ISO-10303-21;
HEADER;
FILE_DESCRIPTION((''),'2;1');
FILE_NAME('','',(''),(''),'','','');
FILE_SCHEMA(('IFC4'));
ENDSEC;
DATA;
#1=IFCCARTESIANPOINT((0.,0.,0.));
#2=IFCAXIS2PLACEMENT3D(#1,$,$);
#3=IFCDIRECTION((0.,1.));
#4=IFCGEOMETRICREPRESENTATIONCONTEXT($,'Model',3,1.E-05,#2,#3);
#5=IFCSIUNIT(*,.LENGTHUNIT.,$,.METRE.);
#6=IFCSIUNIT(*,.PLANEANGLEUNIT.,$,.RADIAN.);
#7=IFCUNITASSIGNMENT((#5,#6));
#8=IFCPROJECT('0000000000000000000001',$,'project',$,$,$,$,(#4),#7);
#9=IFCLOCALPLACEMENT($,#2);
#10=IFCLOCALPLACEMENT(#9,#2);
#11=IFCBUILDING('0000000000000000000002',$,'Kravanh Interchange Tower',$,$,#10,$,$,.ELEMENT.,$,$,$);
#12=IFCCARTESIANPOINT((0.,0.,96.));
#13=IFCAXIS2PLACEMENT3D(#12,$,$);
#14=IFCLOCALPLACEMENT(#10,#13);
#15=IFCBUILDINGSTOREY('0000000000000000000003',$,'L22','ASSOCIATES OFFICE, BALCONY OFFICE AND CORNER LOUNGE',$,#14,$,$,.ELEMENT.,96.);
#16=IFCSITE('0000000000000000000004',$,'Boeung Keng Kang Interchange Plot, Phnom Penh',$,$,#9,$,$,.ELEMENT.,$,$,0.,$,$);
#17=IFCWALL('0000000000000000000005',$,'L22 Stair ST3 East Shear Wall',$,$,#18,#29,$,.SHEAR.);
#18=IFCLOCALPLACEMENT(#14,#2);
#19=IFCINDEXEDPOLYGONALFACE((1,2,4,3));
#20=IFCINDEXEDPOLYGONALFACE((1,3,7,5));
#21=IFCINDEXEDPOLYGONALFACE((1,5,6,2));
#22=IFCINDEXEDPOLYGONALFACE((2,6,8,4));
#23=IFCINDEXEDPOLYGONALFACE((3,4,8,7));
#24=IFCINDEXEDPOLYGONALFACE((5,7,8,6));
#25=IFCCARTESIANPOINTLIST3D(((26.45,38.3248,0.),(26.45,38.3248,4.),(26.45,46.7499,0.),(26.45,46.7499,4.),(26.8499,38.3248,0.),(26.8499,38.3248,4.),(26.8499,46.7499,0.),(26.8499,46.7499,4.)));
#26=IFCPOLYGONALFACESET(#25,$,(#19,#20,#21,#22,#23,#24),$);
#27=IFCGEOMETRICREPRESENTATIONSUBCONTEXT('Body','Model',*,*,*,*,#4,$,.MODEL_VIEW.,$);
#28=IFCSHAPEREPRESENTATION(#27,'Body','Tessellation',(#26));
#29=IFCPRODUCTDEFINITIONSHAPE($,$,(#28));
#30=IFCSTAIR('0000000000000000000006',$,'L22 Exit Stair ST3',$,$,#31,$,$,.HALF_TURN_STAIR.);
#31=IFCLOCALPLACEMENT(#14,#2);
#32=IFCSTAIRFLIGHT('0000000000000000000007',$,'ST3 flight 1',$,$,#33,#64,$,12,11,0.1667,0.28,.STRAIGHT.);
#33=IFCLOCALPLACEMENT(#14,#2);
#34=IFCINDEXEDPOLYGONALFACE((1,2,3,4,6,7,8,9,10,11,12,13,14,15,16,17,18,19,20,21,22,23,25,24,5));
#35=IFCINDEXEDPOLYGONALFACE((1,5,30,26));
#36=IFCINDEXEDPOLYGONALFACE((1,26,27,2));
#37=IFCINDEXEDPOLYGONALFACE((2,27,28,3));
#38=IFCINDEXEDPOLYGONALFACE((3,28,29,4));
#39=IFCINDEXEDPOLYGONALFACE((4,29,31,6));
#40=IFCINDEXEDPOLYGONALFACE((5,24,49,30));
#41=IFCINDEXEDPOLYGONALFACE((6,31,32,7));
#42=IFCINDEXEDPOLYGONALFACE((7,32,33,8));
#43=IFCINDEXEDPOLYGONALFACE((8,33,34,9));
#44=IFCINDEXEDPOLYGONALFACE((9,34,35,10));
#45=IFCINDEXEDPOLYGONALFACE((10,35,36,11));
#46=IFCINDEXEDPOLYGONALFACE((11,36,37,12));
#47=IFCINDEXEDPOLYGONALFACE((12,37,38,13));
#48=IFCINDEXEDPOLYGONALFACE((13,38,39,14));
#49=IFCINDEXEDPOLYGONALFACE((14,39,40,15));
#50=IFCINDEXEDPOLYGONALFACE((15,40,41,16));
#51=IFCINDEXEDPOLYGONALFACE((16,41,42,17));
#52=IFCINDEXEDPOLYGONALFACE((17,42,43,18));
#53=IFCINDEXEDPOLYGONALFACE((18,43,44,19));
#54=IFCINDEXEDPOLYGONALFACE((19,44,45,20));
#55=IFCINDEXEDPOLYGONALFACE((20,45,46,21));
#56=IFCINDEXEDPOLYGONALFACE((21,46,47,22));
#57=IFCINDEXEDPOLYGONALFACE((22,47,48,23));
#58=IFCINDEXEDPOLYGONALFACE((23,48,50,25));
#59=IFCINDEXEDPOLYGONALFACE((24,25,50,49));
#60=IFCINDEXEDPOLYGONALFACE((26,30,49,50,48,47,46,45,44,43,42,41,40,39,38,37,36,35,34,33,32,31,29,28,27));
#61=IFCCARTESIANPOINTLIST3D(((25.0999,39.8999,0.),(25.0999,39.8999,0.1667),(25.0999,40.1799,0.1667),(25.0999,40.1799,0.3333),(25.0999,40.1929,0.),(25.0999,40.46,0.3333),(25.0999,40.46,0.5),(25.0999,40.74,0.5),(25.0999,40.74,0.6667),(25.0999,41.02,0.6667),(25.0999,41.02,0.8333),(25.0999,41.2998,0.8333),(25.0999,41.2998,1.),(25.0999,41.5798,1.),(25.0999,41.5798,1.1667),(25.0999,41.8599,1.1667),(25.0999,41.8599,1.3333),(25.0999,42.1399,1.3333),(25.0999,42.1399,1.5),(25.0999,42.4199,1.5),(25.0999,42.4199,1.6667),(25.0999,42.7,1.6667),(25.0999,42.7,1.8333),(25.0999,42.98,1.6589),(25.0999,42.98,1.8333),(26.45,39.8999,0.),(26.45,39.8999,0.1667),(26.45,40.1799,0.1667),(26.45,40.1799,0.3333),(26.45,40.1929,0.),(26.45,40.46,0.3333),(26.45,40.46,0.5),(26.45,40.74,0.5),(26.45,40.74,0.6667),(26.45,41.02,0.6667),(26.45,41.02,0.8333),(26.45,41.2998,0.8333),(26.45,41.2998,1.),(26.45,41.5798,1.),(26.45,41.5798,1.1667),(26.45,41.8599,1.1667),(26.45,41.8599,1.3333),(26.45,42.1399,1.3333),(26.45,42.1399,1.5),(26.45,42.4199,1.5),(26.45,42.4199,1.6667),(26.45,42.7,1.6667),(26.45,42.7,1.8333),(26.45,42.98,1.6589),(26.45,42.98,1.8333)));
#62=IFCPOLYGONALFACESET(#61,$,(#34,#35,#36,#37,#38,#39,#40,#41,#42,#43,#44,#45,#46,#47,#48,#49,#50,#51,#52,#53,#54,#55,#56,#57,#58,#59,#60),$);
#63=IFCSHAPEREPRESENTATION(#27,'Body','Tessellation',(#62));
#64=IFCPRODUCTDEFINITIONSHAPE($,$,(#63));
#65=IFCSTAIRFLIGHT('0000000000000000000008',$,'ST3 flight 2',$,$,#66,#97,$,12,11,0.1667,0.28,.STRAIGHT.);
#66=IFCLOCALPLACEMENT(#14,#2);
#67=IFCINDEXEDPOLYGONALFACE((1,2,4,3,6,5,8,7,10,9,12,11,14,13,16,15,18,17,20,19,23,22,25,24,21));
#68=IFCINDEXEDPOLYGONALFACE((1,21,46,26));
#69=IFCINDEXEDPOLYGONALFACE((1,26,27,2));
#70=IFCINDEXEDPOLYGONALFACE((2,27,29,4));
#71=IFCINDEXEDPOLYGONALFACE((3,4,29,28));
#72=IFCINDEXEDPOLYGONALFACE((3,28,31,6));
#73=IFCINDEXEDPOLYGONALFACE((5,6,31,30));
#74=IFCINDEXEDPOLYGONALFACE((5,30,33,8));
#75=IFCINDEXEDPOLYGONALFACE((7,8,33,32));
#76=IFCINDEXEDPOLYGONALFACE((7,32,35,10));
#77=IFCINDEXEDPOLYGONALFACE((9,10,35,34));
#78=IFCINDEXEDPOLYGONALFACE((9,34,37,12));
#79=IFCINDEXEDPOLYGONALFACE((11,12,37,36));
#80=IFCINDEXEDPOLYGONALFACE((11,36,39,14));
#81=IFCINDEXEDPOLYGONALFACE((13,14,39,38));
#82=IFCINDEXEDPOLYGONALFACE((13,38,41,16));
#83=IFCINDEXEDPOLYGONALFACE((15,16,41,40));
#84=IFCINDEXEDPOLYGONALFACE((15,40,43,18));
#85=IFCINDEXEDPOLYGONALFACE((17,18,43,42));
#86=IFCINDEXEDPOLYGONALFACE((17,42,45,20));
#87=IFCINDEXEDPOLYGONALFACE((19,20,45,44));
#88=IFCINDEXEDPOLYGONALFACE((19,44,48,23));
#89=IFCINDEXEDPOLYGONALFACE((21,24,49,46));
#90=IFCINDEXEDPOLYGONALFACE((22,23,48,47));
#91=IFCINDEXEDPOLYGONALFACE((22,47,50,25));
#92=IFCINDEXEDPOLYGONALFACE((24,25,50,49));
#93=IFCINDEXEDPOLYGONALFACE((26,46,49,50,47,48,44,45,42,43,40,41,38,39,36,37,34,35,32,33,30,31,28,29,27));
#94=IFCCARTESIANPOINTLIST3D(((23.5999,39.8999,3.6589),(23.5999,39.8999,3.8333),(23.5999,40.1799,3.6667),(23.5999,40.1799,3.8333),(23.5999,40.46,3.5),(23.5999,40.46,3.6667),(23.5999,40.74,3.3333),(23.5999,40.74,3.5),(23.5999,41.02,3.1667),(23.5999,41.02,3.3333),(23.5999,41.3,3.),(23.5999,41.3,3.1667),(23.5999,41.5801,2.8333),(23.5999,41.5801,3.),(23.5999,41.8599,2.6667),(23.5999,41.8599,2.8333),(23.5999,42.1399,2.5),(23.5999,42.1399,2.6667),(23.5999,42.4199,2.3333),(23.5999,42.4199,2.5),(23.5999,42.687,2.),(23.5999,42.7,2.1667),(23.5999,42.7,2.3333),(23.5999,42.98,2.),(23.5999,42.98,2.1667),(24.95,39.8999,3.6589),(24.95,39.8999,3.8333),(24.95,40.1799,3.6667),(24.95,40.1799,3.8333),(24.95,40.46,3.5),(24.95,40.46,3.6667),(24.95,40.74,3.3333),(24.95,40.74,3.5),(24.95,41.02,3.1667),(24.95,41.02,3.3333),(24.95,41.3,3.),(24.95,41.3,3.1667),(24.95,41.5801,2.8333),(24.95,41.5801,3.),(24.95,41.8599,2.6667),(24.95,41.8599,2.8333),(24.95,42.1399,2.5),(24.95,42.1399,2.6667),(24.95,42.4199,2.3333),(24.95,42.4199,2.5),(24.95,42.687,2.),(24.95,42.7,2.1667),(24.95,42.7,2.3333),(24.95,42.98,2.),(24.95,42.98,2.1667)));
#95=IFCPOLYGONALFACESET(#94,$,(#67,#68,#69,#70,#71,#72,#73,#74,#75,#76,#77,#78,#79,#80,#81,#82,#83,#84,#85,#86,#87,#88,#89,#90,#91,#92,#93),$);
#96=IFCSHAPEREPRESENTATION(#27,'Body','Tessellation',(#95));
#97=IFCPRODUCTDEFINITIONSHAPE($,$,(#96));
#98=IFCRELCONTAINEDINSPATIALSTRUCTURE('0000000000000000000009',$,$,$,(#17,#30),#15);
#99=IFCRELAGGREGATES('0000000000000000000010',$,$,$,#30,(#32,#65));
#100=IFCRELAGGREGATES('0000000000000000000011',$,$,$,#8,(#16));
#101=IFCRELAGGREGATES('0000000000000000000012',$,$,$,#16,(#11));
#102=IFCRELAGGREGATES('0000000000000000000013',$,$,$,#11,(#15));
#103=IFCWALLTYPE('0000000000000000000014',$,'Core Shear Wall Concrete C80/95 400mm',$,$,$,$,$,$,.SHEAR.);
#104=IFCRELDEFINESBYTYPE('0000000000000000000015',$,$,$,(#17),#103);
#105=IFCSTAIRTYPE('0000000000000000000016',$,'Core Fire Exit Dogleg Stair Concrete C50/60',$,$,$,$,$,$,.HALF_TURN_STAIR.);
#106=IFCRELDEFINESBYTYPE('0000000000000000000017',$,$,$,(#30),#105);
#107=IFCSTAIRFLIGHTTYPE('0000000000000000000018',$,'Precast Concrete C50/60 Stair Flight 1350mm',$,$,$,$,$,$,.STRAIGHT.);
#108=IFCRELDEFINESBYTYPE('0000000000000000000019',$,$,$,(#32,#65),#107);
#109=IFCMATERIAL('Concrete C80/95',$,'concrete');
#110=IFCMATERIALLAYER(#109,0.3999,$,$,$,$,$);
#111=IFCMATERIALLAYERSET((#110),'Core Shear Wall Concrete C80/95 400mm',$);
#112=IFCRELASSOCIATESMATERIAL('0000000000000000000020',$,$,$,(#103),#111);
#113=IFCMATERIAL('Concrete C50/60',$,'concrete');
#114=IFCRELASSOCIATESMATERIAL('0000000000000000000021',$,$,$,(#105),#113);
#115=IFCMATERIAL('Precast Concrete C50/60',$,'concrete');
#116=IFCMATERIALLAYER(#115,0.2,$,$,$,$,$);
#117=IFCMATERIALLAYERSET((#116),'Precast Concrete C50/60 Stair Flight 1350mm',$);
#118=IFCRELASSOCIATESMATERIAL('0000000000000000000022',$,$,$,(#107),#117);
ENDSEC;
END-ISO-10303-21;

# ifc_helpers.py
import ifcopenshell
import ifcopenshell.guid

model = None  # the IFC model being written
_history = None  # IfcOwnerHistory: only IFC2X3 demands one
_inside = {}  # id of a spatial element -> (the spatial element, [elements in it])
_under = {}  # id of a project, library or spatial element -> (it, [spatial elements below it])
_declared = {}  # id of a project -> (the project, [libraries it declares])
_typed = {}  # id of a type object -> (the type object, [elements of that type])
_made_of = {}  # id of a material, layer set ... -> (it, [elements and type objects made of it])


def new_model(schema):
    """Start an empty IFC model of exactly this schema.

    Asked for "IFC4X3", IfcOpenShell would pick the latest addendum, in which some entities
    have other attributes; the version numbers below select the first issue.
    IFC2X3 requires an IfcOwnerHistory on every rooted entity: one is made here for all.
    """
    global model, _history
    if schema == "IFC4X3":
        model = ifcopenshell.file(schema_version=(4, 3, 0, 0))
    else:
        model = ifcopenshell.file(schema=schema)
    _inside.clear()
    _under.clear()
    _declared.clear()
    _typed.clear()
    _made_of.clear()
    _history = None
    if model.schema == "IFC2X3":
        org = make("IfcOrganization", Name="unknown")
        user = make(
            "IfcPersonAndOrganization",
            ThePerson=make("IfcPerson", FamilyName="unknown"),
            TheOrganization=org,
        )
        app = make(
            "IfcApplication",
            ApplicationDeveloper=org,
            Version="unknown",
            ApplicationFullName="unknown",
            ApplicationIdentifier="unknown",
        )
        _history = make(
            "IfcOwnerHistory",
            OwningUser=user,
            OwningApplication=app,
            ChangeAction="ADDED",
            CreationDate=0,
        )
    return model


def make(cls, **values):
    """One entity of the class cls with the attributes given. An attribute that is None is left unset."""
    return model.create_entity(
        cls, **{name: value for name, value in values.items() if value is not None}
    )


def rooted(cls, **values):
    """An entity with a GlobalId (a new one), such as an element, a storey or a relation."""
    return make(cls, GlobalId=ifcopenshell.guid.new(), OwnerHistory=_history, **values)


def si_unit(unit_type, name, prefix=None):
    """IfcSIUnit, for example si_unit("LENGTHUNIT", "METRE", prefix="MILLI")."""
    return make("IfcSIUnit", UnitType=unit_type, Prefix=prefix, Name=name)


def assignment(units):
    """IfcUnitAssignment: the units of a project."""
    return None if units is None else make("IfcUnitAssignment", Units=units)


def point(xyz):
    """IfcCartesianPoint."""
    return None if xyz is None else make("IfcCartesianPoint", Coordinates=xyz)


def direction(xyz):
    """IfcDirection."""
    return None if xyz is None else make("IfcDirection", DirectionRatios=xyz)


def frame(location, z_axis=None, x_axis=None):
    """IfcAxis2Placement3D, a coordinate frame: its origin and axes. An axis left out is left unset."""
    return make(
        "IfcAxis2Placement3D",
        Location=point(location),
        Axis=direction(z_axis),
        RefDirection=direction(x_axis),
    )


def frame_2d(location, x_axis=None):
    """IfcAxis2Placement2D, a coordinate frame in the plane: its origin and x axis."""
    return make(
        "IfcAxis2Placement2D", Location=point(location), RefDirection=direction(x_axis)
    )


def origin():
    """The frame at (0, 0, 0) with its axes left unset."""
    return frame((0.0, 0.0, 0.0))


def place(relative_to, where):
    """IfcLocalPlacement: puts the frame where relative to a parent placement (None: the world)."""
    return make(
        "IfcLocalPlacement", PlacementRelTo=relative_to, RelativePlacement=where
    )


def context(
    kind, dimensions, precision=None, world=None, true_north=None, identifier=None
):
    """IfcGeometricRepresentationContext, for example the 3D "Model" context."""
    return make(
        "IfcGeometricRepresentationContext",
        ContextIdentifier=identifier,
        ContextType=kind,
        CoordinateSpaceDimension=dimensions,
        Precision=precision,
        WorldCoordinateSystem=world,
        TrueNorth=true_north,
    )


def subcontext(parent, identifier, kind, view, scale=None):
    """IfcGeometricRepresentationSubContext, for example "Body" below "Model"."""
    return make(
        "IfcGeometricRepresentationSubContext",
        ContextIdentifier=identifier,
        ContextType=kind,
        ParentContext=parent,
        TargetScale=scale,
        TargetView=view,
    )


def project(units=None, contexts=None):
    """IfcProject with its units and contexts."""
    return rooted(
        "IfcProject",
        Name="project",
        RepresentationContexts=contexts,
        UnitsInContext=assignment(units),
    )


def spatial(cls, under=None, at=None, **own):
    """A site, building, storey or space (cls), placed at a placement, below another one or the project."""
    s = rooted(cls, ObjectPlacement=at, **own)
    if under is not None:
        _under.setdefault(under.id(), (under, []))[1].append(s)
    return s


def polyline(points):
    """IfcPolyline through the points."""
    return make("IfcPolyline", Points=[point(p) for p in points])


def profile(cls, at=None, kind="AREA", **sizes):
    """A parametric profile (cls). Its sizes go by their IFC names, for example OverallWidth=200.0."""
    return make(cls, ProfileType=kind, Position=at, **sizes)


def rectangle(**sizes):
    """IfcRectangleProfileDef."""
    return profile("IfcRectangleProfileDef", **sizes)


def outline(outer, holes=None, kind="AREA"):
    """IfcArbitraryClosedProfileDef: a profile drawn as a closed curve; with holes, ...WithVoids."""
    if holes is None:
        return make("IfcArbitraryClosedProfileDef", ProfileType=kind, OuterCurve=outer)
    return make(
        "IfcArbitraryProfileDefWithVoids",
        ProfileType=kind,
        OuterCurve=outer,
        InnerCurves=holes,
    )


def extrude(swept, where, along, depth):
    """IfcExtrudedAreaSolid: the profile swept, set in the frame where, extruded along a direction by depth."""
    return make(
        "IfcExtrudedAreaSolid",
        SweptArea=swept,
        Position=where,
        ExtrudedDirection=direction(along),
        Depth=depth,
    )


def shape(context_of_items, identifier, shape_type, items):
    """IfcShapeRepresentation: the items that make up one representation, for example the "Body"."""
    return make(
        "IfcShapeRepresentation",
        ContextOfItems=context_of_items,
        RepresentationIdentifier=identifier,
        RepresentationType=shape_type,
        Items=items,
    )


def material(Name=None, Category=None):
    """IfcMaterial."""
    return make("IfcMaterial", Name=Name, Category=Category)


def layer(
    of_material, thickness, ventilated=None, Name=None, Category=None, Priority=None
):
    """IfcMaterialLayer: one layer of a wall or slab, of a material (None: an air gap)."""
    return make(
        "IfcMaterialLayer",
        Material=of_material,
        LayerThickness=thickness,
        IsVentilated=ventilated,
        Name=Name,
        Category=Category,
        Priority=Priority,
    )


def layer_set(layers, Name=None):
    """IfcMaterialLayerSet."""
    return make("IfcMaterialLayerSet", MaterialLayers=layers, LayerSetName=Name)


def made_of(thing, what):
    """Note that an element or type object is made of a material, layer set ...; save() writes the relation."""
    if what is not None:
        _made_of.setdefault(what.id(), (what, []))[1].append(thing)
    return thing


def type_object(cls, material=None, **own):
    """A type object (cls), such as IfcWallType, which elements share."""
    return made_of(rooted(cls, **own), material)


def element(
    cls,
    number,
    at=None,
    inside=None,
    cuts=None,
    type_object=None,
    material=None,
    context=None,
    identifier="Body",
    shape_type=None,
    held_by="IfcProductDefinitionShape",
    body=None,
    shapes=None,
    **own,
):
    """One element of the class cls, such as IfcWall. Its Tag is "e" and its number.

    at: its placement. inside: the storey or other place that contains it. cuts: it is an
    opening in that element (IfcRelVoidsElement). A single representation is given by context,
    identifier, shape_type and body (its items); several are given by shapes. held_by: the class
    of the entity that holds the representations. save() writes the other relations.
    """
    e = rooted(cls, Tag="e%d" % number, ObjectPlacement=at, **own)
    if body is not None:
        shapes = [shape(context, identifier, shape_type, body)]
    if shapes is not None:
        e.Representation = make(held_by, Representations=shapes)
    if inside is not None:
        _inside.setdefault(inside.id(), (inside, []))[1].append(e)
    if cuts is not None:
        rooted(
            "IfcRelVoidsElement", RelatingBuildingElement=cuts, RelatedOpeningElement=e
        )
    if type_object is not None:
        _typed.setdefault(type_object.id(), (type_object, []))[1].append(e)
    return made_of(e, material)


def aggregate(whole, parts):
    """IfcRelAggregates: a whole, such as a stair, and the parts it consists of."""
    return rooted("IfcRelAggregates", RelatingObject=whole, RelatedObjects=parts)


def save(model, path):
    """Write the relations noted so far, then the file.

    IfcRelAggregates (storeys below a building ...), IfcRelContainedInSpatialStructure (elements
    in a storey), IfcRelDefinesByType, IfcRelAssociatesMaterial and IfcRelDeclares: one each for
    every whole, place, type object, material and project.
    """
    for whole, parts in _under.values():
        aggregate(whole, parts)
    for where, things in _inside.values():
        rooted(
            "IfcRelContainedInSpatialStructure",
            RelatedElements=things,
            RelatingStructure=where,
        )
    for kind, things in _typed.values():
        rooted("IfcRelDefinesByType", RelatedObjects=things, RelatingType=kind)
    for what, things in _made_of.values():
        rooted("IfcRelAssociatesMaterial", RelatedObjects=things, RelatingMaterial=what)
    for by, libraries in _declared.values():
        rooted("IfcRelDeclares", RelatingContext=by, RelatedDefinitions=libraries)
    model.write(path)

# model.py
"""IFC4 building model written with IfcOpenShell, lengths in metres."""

from ifc_helpers import new_model, si_unit, direction, frame, frame_2d, origin, place, context, subcontext, project, spatial, polyline, rectangle, outline, extrude, material, layer, layer_set, type_object, element, aggregate, save


model = new_model("IFC4")

# Units and contexts
model_context = context("Model", 3, precision=1e-05, world=origin(), true_north=direction((0.0, 1.0)))
body_context = subcontext(model_context, "Body", "Model", "MODEL_VIEW")
ifc_project = project(units=[si_unit("LENGTHUNIT", "METRE"), si_unit("PLANEANGLEUNIT", "RADIAN")], contexts=[model_context])

# Site, building, storey
site_placement = place(None, origin())
site = spatial("IfcSite", under=ifc_project, at=site_placement, Name="Boeung Keng Kang Interchange Plot, Phnom Penh", CompositionType="ELEMENT", RefElevation=0.0)
building_placement = place(site_placement, origin())
building = spatial("IfcBuilding", under=site, at=building_placement, Name="Kravanh Interchange Tower", CompositionType="ELEMENT")
storey_placement = place(building_placement, frame((0.0, 0.0, 96.0)))
storey = spatial("IfcBuildingStorey", under=building, at=storey_placement, Name="L22", Description="ASSOCIATES OFFICE, BALCONY OFFICE AND CORNER LOUNGE", CompositionType="ELEMENT", Elevation=96.0)

# Wall
ifc_material_1 = material(Name="Concrete C80/95", Category="concrete")
ifc_layer_1 = layer(ifc_material_1, 0.3999)
ifc_layer_set_1 = layer_set([ifc_layer_1], Name="Core Shear Wall Concrete C80/95 400mm")
wall_type_1 = type_object("IfcWallType", Name="Core Shear Wall Concrete C80/95 400mm", PredefinedType="SHEAR", material=ifc_layer_set_1)
wall_1_placement = place(storey_placement, frame((26.6499, 38.325, 0.0), z_axis=(0.0, 0.0, 1.0), x_axis=(0.0, 1.0, 0.0)))
element("IfcWall", 1, at=wall_1_placement, inside=storey, type_object=wall_type_1, Name="L22 Stair ST3 East Shear Wall", PredefinedType="SHEAR", context=body_context, shape_type="SweptSolid", body=[
    extrude(rectangle(XDim=8.425, YDim=0.3999, at=frame_2d((4.2124, 0.0))), origin(), (0.0, 0.0, 1.0), 4.0),
])

# Stair, stair flights
ifc_material_2 = material(Name="Concrete C50/60", Category="concrete")
stair_type = type_object("IfcStairType", Name="Core Fire Exit Dogleg Stair Concrete C50/60", PredefinedType="HALF_TURN_STAIR", material=ifc_material_2)
stair_placement = place(storey_placement, origin())
stair = element("IfcStair", 2, at=stair_placement, inside=storey, type_object=stair_type, Name="L22 Exit Stair ST3", PredefinedType="HALF_TURN_STAIR")
ifc_material_3 = material(Name="Precast Concrete C50/60", Category="concrete")
ifc_layer_2 = layer(ifc_material_3, 0.2)
ifc_layer_set_2 = layer_set([ifc_layer_2], Name="Precast Concrete C50/60 Stair Flight 1350mm")
stair_flight_type = type_object("IfcStairFlightType", Name="Precast Concrete C50/60 Stair Flight 1350mm", PredefinedType="STRAIGHT", material=ifc_layer_set_2)
stair_flight_1_placement = place(storey_placement, frame((25.7749, 39.8999, 0.0), z_axis=(0.0, 0.0, 1.0), x_axis=(0.0, 1.0, 0.0)))
stair_flight_1 = element("IfcStairFlight", 3, at=stair_flight_1_placement, type_object=stair_flight_type, Name="ST3 flight 1", NumberOfRisers=12, NumberOfTreads=11, PredefinedType="STRAIGHT", RiserHeight=0.1667, TreadLength=0.28, context=body_context, shape_type="SweptSolid", body=[
    extrude(outline(polyline([(0.0, 0.0), (0.0, 0.1667), (0.28, 0.1667), (0.28, 0.3333), (0.5601, 0.3333), (0.5601, 0.5), (0.8401, 0.5), (0.8401, 0.6667), (1.1201, 0.6667), (1.1201, 0.8333), (1.3999, 0.8333), (1.3999, 1.0), (1.6799, 1.0), (1.6799, 1.1667), (1.96, 1.1667), (1.96, 1.3333), (2.24, 1.3333), (2.24, 1.5), (2.52, 1.5), (2.52, 1.6667), (2.8, 1.6667), (2.8, 1.8333), (3.0801, 1.8333), (3.0801, 2.0), (3.0801, 1.6589), (0.293, 0.0), (0.0, 0.0)])), frame((0.0, 0.675, 0.0), z_axis=(0.0, -1.0, 0.0), x_axis=(1.0, 0.0, 0.0)), (0.0, 0.0, 1.0), 1.3501),
])
stair_flight_2_placement = place(storey_placement, frame((24.2749, 42.98, 2.0), z_axis=(0.0, 0.0, 1.0), x_axis=(0.0, -1.0, 0.0)))
stair_flight_2 = element("IfcStairFlight", 4, at=stair_flight_2_placement, type_object=stair_flight_type, Name="ST3 flight 2", NumberOfRisers=12, NumberOfTreads=11, PredefinedType="STRAIGHT", RiserHeight=0.1667, TreadLength=0.28, context=body_context, shape_type="SweptSolid", body=[
    extrude(outline(polyline([(0.0, 0.0), (0.0, 0.1667), (0.28, 0.1667), (0.28, 0.3333), (0.5601, 0.3333), (0.5601, 0.5), (0.8401, 0.5), (0.8401, 0.6667), (1.1201, 0.6667), (1.1201, 0.8333), (1.3999, 0.8333), (1.3999, 1.0), (1.6799, 1.0), (1.6799, 1.1667), (1.96, 1.1667), (1.96, 1.3333), (2.24, 1.3333), (2.24, 1.5), (2.52, 1.5), (2.52, 1.6667), (2.8, 1.6667), (2.8, 1.8333), (3.0801, 1.8333), (3.0801, 2.0), (3.0801, 1.6589), (0.293, 0.0), (0.0, 0.0)])), frame((0.0, 0.675, 0.0), z_axis=(0.0, -1.0, 0.0), x_axis=(1.0, 0.0, 0.0)), (0.0, 0.0, 1.0), 1.3501),
])
aggregate(stair, [stair_flight_1, stair_flight_2])

save(model, "model.ifc")
